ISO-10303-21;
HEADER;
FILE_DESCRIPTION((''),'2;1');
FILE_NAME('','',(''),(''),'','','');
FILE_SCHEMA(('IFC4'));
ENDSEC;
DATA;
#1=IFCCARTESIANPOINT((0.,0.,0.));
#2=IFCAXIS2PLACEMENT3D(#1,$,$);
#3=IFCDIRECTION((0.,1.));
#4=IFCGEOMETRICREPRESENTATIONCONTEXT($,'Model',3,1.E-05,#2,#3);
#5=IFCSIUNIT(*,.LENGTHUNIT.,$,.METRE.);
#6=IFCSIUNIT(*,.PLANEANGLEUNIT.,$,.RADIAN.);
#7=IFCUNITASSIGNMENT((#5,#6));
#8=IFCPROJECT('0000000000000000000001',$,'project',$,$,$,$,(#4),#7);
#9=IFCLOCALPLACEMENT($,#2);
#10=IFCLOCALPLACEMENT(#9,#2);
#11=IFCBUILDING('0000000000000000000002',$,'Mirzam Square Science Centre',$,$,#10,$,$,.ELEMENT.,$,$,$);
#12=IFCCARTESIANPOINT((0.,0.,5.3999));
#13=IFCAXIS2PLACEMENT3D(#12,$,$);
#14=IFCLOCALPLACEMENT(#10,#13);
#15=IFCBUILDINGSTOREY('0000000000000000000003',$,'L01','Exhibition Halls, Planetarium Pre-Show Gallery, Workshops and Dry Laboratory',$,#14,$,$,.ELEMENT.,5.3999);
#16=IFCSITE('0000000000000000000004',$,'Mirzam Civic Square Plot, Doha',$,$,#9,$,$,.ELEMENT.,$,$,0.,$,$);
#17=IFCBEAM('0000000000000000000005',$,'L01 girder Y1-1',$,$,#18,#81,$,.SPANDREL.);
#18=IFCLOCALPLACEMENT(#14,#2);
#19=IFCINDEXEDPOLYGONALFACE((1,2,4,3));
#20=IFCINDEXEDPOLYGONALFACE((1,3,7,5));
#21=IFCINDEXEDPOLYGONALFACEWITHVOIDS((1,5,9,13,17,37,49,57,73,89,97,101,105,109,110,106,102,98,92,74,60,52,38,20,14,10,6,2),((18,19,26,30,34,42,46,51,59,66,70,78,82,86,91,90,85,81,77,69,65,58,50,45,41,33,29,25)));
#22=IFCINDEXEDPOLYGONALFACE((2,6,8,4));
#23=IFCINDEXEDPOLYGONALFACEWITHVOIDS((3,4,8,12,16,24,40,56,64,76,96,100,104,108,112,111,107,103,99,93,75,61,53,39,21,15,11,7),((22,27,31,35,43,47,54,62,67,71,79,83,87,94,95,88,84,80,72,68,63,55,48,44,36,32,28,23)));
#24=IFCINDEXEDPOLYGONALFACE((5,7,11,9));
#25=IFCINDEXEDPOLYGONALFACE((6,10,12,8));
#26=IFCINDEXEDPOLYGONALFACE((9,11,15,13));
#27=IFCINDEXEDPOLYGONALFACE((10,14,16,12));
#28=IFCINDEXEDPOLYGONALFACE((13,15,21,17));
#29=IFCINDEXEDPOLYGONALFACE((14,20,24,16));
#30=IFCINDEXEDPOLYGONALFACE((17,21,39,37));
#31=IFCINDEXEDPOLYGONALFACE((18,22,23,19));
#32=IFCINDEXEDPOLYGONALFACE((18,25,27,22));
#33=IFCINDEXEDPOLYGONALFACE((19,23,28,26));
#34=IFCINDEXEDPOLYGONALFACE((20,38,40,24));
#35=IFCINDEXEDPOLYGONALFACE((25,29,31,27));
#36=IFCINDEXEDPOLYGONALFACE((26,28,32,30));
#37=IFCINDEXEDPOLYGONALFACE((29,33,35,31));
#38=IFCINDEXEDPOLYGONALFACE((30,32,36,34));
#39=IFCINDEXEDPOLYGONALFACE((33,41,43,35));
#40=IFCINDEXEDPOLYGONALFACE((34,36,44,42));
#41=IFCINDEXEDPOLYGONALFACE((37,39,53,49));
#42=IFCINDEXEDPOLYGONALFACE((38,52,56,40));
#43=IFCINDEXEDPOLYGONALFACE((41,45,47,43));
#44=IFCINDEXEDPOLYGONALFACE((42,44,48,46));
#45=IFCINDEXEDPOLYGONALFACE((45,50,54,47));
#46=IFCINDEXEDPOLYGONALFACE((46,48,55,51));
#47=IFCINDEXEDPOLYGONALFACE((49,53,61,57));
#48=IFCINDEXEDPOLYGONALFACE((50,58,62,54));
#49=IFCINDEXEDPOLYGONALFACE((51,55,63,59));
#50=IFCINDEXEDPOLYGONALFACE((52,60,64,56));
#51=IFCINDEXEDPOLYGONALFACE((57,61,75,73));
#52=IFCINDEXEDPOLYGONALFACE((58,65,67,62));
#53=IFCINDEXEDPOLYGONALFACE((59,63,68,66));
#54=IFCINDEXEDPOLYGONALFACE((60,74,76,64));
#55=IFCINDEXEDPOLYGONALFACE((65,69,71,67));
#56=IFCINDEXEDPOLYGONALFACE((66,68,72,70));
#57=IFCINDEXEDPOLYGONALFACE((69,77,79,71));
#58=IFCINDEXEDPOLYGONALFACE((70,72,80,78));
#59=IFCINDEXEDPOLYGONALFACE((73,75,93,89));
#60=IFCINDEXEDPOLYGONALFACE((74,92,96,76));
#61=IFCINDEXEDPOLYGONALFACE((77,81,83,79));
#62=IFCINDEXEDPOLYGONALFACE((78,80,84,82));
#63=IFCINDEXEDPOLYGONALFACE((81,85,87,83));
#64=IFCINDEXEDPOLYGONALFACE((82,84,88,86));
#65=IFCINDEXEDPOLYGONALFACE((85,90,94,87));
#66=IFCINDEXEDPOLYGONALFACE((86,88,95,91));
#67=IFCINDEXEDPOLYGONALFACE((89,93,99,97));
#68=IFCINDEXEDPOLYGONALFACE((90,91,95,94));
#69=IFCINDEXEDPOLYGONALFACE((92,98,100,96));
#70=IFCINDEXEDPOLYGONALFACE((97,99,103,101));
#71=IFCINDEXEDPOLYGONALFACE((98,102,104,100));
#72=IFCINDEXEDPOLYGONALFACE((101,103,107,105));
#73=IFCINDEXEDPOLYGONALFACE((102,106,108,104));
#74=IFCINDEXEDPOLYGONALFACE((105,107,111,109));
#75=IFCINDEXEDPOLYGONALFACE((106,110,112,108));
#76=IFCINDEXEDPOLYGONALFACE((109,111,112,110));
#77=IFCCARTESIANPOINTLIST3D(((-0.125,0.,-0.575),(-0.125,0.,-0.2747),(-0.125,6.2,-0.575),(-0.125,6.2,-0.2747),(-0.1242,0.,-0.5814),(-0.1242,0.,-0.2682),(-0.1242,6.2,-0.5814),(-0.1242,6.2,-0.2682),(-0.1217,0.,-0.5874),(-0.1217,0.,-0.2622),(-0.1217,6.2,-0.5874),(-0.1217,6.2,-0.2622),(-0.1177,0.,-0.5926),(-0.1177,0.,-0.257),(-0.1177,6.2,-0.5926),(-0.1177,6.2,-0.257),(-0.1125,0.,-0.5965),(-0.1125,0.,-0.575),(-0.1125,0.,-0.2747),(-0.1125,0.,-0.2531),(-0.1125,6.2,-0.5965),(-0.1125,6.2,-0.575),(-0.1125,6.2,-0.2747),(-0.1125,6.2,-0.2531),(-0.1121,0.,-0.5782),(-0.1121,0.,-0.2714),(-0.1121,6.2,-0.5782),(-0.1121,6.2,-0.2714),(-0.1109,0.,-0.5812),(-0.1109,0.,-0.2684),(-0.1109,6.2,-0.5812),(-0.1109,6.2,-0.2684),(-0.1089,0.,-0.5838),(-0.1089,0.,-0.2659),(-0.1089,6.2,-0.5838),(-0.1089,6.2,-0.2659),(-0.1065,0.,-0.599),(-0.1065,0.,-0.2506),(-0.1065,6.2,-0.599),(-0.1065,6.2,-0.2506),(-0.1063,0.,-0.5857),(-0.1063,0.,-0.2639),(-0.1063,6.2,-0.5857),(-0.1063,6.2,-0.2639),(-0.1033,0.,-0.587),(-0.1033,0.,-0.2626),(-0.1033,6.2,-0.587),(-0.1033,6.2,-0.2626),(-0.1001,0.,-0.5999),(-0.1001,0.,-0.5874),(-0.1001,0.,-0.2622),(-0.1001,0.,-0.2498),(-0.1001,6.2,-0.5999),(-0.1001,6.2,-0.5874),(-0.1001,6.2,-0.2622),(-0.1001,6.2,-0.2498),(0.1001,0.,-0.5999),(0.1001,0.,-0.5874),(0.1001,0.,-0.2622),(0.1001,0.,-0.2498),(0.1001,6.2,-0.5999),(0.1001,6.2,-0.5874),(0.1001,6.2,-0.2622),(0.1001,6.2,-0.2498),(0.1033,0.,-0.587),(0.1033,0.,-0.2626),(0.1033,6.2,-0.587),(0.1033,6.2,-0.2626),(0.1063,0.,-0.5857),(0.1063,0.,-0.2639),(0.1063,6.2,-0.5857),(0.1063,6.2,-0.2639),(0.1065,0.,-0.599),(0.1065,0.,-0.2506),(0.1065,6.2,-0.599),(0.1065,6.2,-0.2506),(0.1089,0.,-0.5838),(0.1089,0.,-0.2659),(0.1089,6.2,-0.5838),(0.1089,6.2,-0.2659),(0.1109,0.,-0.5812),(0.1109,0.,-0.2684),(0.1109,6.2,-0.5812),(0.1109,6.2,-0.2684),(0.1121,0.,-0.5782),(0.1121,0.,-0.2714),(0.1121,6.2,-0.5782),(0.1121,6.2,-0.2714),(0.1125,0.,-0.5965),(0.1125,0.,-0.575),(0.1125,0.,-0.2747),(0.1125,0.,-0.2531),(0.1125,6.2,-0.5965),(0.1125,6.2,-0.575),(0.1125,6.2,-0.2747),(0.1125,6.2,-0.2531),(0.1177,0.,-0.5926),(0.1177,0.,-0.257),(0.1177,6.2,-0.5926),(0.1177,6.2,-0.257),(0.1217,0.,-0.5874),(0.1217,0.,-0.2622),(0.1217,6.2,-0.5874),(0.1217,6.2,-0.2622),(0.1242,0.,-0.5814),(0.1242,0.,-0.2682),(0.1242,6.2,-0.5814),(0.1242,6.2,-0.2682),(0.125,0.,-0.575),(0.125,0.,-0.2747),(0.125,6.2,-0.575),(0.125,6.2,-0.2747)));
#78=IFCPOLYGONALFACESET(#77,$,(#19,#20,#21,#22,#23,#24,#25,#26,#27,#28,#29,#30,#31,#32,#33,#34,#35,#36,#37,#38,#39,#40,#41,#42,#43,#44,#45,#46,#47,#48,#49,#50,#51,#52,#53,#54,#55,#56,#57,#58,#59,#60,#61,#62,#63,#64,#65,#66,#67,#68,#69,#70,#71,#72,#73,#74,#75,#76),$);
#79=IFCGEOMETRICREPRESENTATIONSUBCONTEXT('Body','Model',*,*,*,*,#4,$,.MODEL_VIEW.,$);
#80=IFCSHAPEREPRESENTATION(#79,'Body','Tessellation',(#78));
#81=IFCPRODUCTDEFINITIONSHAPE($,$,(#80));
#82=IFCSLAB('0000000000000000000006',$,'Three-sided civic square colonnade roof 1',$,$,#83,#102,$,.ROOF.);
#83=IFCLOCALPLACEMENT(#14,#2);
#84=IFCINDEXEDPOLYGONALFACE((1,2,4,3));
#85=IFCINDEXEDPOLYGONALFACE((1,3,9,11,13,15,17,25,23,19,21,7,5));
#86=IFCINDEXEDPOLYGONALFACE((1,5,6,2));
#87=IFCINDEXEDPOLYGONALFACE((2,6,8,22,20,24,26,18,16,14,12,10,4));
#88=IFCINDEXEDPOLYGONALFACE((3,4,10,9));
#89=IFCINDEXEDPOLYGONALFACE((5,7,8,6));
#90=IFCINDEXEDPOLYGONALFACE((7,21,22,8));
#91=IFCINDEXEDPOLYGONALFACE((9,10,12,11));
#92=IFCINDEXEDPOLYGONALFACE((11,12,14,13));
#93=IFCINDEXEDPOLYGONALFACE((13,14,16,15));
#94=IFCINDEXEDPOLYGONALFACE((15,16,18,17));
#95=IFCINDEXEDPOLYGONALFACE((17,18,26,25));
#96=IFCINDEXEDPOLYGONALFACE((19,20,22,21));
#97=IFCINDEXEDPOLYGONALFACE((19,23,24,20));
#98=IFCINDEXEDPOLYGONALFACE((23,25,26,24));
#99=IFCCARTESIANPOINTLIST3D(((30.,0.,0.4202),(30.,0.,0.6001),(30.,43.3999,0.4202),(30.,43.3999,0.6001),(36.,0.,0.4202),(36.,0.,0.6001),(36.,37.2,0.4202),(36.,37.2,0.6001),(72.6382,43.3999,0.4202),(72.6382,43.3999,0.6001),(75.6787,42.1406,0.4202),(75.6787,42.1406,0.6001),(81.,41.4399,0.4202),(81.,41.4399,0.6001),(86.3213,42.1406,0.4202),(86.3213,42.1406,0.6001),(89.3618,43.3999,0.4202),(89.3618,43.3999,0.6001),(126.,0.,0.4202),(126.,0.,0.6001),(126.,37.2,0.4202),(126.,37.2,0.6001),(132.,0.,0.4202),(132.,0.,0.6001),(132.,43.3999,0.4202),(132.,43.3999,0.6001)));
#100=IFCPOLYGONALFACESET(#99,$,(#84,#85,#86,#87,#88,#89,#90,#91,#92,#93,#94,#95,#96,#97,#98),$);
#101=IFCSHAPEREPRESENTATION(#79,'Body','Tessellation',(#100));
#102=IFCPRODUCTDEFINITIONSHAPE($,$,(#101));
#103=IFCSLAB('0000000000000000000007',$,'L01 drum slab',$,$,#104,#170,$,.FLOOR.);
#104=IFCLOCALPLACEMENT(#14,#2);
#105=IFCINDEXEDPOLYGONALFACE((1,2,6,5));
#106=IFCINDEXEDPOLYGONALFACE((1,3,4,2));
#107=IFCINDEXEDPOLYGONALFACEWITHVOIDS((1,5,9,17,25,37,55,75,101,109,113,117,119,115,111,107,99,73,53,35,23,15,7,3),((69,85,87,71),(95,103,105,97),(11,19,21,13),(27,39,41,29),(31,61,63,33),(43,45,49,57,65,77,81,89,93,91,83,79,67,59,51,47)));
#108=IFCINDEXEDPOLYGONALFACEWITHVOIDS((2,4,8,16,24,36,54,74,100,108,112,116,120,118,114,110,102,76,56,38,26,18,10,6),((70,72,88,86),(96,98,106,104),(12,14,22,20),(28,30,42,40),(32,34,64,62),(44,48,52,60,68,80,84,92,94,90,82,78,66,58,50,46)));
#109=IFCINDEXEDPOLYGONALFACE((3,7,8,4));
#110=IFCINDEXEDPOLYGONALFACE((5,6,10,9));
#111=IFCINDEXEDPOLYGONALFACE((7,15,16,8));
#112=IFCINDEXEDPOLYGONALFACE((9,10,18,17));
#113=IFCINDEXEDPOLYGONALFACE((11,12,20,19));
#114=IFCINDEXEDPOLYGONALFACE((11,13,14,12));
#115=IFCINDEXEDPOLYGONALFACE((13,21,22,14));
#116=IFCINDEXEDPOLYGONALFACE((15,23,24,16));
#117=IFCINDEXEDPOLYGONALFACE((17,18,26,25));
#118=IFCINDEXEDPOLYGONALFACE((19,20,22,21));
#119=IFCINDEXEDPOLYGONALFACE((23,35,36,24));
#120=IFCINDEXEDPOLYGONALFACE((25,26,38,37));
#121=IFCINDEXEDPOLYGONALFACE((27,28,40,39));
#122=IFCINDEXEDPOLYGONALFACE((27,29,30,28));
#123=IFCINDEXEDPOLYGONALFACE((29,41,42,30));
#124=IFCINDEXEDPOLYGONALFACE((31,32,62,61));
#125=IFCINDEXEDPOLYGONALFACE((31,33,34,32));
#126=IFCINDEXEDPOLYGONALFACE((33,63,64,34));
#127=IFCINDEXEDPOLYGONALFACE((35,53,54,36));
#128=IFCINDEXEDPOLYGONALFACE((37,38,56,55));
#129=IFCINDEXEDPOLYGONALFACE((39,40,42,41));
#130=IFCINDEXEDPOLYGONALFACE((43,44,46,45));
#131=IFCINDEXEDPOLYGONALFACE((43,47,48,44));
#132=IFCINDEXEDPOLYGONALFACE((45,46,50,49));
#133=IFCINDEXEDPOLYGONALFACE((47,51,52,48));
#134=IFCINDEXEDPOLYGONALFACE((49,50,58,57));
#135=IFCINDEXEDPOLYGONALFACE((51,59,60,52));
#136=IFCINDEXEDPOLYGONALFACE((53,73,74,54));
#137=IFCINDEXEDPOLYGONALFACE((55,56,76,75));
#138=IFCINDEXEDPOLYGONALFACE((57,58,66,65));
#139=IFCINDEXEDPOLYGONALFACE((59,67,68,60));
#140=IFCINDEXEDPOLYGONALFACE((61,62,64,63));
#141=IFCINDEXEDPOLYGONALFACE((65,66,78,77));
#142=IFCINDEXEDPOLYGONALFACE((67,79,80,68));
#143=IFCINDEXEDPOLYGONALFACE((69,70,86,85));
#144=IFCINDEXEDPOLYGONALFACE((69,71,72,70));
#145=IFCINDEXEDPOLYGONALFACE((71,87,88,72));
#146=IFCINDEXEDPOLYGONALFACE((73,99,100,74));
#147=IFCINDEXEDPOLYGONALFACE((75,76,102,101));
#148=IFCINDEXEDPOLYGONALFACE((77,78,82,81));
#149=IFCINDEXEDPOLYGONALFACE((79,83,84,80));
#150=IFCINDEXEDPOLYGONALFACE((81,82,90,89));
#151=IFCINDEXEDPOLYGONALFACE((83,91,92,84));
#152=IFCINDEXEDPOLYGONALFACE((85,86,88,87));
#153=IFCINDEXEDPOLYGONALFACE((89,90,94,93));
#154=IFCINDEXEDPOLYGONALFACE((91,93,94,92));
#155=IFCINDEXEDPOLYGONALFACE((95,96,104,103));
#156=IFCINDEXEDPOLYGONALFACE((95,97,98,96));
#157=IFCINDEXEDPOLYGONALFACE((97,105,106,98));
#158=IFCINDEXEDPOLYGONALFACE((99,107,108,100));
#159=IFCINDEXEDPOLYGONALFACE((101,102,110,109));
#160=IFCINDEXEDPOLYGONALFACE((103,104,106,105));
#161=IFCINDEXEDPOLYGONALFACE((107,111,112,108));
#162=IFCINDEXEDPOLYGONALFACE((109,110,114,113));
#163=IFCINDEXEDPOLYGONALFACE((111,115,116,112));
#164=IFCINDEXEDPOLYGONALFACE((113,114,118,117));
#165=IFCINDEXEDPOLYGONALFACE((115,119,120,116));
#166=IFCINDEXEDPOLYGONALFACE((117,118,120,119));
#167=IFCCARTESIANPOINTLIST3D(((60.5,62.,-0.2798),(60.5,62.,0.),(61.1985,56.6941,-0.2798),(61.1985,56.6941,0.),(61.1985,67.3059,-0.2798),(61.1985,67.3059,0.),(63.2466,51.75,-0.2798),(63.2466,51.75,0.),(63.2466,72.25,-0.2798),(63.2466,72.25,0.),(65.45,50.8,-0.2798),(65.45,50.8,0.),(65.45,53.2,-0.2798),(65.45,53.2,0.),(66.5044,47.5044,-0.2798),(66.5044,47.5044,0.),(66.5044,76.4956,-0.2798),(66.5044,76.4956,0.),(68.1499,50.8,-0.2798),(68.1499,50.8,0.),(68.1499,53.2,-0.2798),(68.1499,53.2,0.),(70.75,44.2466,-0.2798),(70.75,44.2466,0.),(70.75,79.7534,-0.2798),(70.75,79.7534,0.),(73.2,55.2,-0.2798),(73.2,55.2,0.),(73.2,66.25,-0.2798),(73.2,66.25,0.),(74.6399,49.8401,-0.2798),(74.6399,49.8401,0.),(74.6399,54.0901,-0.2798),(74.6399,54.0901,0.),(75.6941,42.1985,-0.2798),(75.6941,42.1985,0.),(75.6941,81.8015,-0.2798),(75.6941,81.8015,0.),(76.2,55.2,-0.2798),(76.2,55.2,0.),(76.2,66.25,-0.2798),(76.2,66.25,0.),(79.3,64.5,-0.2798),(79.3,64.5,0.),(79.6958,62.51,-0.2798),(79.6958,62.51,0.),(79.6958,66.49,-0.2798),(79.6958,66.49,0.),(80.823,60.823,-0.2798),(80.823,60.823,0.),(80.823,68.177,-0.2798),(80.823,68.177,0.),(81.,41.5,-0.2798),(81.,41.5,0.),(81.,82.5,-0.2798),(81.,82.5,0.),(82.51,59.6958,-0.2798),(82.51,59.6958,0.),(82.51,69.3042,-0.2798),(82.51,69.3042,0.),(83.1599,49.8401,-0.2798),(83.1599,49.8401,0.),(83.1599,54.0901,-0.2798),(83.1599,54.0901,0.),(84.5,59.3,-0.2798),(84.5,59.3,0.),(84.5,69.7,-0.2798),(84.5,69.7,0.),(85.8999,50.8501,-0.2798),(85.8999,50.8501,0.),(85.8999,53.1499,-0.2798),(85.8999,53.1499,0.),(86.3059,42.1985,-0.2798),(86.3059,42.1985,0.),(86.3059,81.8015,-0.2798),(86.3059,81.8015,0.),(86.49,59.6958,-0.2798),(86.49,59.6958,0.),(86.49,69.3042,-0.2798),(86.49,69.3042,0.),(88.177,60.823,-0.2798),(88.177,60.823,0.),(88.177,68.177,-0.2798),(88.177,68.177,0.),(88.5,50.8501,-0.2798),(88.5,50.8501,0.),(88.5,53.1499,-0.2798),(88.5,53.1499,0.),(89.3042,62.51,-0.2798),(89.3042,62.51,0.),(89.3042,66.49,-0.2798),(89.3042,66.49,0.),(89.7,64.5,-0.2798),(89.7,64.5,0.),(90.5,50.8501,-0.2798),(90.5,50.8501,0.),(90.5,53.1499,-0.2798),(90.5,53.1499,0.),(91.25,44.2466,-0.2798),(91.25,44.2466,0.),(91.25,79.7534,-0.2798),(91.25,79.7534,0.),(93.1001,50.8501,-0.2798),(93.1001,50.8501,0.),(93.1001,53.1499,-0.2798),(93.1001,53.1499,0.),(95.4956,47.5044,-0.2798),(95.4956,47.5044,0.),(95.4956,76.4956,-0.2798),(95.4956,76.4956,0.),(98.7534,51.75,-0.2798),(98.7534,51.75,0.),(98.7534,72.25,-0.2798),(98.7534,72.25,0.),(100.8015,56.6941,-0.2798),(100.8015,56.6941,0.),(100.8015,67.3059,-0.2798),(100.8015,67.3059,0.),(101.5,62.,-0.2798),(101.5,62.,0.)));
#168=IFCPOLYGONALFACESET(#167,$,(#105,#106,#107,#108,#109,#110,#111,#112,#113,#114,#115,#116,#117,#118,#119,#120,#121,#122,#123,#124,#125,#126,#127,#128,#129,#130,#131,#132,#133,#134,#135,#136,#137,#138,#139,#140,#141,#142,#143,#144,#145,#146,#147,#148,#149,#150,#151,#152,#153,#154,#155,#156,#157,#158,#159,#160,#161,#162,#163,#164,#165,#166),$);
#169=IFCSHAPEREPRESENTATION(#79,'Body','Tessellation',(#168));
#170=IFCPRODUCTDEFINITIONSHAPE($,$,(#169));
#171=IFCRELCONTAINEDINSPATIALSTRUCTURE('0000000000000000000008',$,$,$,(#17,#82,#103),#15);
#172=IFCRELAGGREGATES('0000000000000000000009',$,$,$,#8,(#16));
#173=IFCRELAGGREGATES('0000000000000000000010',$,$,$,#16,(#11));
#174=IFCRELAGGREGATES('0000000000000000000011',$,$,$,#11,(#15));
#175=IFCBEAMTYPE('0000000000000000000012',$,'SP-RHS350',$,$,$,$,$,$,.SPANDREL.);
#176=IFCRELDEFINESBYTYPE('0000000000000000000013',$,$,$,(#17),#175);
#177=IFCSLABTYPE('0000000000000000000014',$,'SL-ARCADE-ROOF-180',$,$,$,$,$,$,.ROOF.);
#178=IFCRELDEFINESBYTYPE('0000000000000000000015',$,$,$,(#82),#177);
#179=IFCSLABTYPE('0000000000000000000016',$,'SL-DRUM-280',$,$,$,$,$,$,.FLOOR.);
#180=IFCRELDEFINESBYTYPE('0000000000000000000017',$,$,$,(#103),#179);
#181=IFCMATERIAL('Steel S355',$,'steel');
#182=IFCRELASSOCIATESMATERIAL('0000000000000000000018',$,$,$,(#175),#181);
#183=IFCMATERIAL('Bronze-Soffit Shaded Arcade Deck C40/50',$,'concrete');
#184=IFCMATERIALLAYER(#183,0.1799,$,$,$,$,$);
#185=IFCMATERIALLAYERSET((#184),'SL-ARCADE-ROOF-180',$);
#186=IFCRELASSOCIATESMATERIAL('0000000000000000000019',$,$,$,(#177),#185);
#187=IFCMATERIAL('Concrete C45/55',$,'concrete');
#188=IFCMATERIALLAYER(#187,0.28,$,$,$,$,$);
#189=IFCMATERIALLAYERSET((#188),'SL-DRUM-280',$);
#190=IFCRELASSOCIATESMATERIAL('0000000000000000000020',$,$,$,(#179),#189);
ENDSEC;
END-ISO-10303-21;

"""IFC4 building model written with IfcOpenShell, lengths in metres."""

from ifc_helpers import new_model, si_unit, direction, frame, origin, origin_2d, place, context, subcontext, project, spatial, polyline, hollow_rectangle, outline, extrude, material, layer, layer_set, material_profile, profile_set, type_object, element, save


model = new_model("IFC4")

# Units and contexts
model_context = context("Model", 3, precision=1e-05, world=origin(), true_north=direction((0.0, 1.0)))
body_context = subcontext(model_context, "Body", "Model", "MODEL_VIEW")
ifc_project = project(units=[si_unit("LENGTHUNIT", "METRE"), si_unit("PLANEANGLEUNIT", "RADIAN")], contexts=[model_context])

# Site, building, storey
site_placement = place(None, origin())
site = spatial("IfcSite", under=ifc_project, at=site_placement, Name="Mirzam Civic Square Plot, Doha", CompositionType="ELEMENT", RefElevation=0.0)
building_placement = place(site_placement, origin())
building = spatial("IfcBuilding", under=site, at=building_placement, Name="Mirzam Square Science Centre", CompositionType="ELEMENT")
storey_placement = place(building_placement, frame((0.0, 0.0, 5.3999)))
storey = spatial("IfcBuildingStorey", under=building, at=storey_placement, Name="L01", Description="Exhibition Halls, Planetarium Pre-Show Gallery, Workshops and Dry Laboratory", CompositionType="ELEMENT", Elevation=5.3999)

# Shared definitions
ifc_material_1 = material(Name="Steel S355", Category="steel")

# Beam
ifc_material_profile_1 = material_profile(ifc_material_1, hollow_rectangle(XDim=0.25, YDim=0.3501, WallThickness=0.0125, InnerFilletRadius=0.0125, OuterFilletRadius=0.0249, at=origin_2d()), Name="350x250x12.5RHS")
ifc_profile_set_1 = profile_set([ifc_material_profile_1], Name="Steel S355")
beam_type_1 = type_object("IfcBeamType", Name="SP-RHS350", PredefinedType="SPANDREL", material=ifc_profile_set_1)
beam_1_placement = place(storey_placement, frame((0.0, 0.0, -0.4248), z_axis=(0.0, 1.0, 0.0), x_axis=(-1.0, 0.0, 0.0)))
element("IfcBeam", 1, at=beam_1_placement, inside=storey, type_object=beam_type_1, Name="L01 girder Y1-1", PredefinedType="SPANDREL", context=body_context, shape_type="SweptSolid", body=[
    extrude(hollow_rectangle(XDim=0.25, YDim=0.3501, WallThickness=0.0125, InnerFilletRadius=0.0125, OuterFilletRadius=0.0249, at=origin_2d()), origin(), (0.0, 0.0, 1.0), 6.2),
])

# Slabs
ifc_material_2 = material(Name="Bronze-Soffit Shaded Arcade Deck C40/50", Category="concrete")
ifc_layer_1 = layer(ifc_material_2, 0.1799)
ifc_layer_set_1 = layer_set([ifc_layer_1], Name="SL-ARCADE-ROOF-180")
slab_type_1 = type_object("IfcSlabType", Name="SL-ARCADE-ROOF-180", PredefinedType="ROOF", material=ifc_layer_set_1)
slab_1_placement = place(storey_placement, frame((0.0, 0.0, 0.4202)))
element("IfcSlab", 2, at=slab_1_placement, inside=storey, type_object=slab_type_1, Name="Three-sided civic square colonnade roof 1", PredefinedType="ROOF", context=body_context, shape_type="SweptSolid", body=[
    extrude(outline(polyline([(30.0, 0.0), (30.0, 43.3999), (72.6382, 43.3999), (75.6787, 42.1406), (81.0, 41.4399), (86.3213, 42.1406), (89.3618, 43.3999), (132.0, 43.3999), (132.0, 0.0), (126.0, 0.0), (126.0, 37.2), (36.0, 37.2), (36.0, 0.0), (30.0, 0.0)])), origin(), (0.0, 0.0, 1.0), 0.1799),
])
ifc_material_3 = material(Name="Concrete C45/55", Category="concrete")
ifc_layer_2 = layer(ifc_material_3, 0.28)
ifc_layer_set_2 = layer_set([ifc_layer_2], Name="SL-DRUM-280")
slab_type_2 = type_object("IfcSlabType", Name="SL-DRUM-280", PredefinedType="FLOOR", material=ifc_layer_set_2)
slab_2_placement = place(storey_placement, frame((0.0, 0.0, -0.2798)))
element("IfcSlab", 3, at=slab_2_placement, inside=storey, type_object=slab_type_2, Name="L01 drum slab", PredefinedType="FLOOR", context=body_context, shape_type="SweptSolid", body=[
    extrude(outline(polyline([(100.8015, 56.6941), (98.7534, 51.75), (95.4956, 47.5044), (91.25, 44.2466), (86.3059, 42.1985), (81.0, 41.5), (75.6941, 42.1985), (70.75, 44.2466), (66.5044, 47.5044), (63.2466, 51.75), (61.1985, 56.6941), (60.5, 62.0), (61.1985, 67.3059), (63.2466, 72.25), (66.5044, 76.4956), (70.75, 79.7534), (75.6941, 81.8015), (81.0, 82.5), (86.3059, 81.8015), (91.25, 79.7534), (95.4956, 76.4956), (98.7534, 72.25), (100.8015, 67.3059), (101.5, 62.0), (100.8015, 56.6941)]), holes=[polyline([(83.1599, 49.8401), (83.1599, 54.0901), (74.6399, 54.0901), (74.6399, 49.8401), (83.1599, 49.8401)]), polyline([(68.1499, 50.8), (68.1499, 53.2), (65.45, 53.2), (65.45, 50.8), (68.1499, 50.8)]), polyline([(88.5, 50.8501), (88.5, 53.1499), (85.8999, 53.1499), (85.8999, 50.8501), (88.5, 50.8501)]), polyline([(76.2, 55.2), (76.2, 66.25), (73.2, 66.25), (73.2, 55.2), (76.2, 55.2)]), polyline([(84.5, 59.3), (86.49, 59.6958), (88.177, 60.823), (89.3042, 62.51), (89.7, 64.5), (89.3042, 66.49), (88.177, 68.177), (86.49, 69.3042), (84.5, 69.7), (82.51, 69.3042), (80.823, 68.177), (79.6958, 66.49), (79.3, 64.5), (79.6958, 62.51), (80.823, 60.823), (82.51, 59.6958), (84.5, 59.3)]), polyline([(90.5, 50.8501), (93.1001, 50.8501), (93.1001, 53.1499), (90.5, 53.1499), (90.5, 50.8501)])]), origin(), (0.0, 0.0, 1.0), 0.2798),
])

save(model, "model.ifc")
